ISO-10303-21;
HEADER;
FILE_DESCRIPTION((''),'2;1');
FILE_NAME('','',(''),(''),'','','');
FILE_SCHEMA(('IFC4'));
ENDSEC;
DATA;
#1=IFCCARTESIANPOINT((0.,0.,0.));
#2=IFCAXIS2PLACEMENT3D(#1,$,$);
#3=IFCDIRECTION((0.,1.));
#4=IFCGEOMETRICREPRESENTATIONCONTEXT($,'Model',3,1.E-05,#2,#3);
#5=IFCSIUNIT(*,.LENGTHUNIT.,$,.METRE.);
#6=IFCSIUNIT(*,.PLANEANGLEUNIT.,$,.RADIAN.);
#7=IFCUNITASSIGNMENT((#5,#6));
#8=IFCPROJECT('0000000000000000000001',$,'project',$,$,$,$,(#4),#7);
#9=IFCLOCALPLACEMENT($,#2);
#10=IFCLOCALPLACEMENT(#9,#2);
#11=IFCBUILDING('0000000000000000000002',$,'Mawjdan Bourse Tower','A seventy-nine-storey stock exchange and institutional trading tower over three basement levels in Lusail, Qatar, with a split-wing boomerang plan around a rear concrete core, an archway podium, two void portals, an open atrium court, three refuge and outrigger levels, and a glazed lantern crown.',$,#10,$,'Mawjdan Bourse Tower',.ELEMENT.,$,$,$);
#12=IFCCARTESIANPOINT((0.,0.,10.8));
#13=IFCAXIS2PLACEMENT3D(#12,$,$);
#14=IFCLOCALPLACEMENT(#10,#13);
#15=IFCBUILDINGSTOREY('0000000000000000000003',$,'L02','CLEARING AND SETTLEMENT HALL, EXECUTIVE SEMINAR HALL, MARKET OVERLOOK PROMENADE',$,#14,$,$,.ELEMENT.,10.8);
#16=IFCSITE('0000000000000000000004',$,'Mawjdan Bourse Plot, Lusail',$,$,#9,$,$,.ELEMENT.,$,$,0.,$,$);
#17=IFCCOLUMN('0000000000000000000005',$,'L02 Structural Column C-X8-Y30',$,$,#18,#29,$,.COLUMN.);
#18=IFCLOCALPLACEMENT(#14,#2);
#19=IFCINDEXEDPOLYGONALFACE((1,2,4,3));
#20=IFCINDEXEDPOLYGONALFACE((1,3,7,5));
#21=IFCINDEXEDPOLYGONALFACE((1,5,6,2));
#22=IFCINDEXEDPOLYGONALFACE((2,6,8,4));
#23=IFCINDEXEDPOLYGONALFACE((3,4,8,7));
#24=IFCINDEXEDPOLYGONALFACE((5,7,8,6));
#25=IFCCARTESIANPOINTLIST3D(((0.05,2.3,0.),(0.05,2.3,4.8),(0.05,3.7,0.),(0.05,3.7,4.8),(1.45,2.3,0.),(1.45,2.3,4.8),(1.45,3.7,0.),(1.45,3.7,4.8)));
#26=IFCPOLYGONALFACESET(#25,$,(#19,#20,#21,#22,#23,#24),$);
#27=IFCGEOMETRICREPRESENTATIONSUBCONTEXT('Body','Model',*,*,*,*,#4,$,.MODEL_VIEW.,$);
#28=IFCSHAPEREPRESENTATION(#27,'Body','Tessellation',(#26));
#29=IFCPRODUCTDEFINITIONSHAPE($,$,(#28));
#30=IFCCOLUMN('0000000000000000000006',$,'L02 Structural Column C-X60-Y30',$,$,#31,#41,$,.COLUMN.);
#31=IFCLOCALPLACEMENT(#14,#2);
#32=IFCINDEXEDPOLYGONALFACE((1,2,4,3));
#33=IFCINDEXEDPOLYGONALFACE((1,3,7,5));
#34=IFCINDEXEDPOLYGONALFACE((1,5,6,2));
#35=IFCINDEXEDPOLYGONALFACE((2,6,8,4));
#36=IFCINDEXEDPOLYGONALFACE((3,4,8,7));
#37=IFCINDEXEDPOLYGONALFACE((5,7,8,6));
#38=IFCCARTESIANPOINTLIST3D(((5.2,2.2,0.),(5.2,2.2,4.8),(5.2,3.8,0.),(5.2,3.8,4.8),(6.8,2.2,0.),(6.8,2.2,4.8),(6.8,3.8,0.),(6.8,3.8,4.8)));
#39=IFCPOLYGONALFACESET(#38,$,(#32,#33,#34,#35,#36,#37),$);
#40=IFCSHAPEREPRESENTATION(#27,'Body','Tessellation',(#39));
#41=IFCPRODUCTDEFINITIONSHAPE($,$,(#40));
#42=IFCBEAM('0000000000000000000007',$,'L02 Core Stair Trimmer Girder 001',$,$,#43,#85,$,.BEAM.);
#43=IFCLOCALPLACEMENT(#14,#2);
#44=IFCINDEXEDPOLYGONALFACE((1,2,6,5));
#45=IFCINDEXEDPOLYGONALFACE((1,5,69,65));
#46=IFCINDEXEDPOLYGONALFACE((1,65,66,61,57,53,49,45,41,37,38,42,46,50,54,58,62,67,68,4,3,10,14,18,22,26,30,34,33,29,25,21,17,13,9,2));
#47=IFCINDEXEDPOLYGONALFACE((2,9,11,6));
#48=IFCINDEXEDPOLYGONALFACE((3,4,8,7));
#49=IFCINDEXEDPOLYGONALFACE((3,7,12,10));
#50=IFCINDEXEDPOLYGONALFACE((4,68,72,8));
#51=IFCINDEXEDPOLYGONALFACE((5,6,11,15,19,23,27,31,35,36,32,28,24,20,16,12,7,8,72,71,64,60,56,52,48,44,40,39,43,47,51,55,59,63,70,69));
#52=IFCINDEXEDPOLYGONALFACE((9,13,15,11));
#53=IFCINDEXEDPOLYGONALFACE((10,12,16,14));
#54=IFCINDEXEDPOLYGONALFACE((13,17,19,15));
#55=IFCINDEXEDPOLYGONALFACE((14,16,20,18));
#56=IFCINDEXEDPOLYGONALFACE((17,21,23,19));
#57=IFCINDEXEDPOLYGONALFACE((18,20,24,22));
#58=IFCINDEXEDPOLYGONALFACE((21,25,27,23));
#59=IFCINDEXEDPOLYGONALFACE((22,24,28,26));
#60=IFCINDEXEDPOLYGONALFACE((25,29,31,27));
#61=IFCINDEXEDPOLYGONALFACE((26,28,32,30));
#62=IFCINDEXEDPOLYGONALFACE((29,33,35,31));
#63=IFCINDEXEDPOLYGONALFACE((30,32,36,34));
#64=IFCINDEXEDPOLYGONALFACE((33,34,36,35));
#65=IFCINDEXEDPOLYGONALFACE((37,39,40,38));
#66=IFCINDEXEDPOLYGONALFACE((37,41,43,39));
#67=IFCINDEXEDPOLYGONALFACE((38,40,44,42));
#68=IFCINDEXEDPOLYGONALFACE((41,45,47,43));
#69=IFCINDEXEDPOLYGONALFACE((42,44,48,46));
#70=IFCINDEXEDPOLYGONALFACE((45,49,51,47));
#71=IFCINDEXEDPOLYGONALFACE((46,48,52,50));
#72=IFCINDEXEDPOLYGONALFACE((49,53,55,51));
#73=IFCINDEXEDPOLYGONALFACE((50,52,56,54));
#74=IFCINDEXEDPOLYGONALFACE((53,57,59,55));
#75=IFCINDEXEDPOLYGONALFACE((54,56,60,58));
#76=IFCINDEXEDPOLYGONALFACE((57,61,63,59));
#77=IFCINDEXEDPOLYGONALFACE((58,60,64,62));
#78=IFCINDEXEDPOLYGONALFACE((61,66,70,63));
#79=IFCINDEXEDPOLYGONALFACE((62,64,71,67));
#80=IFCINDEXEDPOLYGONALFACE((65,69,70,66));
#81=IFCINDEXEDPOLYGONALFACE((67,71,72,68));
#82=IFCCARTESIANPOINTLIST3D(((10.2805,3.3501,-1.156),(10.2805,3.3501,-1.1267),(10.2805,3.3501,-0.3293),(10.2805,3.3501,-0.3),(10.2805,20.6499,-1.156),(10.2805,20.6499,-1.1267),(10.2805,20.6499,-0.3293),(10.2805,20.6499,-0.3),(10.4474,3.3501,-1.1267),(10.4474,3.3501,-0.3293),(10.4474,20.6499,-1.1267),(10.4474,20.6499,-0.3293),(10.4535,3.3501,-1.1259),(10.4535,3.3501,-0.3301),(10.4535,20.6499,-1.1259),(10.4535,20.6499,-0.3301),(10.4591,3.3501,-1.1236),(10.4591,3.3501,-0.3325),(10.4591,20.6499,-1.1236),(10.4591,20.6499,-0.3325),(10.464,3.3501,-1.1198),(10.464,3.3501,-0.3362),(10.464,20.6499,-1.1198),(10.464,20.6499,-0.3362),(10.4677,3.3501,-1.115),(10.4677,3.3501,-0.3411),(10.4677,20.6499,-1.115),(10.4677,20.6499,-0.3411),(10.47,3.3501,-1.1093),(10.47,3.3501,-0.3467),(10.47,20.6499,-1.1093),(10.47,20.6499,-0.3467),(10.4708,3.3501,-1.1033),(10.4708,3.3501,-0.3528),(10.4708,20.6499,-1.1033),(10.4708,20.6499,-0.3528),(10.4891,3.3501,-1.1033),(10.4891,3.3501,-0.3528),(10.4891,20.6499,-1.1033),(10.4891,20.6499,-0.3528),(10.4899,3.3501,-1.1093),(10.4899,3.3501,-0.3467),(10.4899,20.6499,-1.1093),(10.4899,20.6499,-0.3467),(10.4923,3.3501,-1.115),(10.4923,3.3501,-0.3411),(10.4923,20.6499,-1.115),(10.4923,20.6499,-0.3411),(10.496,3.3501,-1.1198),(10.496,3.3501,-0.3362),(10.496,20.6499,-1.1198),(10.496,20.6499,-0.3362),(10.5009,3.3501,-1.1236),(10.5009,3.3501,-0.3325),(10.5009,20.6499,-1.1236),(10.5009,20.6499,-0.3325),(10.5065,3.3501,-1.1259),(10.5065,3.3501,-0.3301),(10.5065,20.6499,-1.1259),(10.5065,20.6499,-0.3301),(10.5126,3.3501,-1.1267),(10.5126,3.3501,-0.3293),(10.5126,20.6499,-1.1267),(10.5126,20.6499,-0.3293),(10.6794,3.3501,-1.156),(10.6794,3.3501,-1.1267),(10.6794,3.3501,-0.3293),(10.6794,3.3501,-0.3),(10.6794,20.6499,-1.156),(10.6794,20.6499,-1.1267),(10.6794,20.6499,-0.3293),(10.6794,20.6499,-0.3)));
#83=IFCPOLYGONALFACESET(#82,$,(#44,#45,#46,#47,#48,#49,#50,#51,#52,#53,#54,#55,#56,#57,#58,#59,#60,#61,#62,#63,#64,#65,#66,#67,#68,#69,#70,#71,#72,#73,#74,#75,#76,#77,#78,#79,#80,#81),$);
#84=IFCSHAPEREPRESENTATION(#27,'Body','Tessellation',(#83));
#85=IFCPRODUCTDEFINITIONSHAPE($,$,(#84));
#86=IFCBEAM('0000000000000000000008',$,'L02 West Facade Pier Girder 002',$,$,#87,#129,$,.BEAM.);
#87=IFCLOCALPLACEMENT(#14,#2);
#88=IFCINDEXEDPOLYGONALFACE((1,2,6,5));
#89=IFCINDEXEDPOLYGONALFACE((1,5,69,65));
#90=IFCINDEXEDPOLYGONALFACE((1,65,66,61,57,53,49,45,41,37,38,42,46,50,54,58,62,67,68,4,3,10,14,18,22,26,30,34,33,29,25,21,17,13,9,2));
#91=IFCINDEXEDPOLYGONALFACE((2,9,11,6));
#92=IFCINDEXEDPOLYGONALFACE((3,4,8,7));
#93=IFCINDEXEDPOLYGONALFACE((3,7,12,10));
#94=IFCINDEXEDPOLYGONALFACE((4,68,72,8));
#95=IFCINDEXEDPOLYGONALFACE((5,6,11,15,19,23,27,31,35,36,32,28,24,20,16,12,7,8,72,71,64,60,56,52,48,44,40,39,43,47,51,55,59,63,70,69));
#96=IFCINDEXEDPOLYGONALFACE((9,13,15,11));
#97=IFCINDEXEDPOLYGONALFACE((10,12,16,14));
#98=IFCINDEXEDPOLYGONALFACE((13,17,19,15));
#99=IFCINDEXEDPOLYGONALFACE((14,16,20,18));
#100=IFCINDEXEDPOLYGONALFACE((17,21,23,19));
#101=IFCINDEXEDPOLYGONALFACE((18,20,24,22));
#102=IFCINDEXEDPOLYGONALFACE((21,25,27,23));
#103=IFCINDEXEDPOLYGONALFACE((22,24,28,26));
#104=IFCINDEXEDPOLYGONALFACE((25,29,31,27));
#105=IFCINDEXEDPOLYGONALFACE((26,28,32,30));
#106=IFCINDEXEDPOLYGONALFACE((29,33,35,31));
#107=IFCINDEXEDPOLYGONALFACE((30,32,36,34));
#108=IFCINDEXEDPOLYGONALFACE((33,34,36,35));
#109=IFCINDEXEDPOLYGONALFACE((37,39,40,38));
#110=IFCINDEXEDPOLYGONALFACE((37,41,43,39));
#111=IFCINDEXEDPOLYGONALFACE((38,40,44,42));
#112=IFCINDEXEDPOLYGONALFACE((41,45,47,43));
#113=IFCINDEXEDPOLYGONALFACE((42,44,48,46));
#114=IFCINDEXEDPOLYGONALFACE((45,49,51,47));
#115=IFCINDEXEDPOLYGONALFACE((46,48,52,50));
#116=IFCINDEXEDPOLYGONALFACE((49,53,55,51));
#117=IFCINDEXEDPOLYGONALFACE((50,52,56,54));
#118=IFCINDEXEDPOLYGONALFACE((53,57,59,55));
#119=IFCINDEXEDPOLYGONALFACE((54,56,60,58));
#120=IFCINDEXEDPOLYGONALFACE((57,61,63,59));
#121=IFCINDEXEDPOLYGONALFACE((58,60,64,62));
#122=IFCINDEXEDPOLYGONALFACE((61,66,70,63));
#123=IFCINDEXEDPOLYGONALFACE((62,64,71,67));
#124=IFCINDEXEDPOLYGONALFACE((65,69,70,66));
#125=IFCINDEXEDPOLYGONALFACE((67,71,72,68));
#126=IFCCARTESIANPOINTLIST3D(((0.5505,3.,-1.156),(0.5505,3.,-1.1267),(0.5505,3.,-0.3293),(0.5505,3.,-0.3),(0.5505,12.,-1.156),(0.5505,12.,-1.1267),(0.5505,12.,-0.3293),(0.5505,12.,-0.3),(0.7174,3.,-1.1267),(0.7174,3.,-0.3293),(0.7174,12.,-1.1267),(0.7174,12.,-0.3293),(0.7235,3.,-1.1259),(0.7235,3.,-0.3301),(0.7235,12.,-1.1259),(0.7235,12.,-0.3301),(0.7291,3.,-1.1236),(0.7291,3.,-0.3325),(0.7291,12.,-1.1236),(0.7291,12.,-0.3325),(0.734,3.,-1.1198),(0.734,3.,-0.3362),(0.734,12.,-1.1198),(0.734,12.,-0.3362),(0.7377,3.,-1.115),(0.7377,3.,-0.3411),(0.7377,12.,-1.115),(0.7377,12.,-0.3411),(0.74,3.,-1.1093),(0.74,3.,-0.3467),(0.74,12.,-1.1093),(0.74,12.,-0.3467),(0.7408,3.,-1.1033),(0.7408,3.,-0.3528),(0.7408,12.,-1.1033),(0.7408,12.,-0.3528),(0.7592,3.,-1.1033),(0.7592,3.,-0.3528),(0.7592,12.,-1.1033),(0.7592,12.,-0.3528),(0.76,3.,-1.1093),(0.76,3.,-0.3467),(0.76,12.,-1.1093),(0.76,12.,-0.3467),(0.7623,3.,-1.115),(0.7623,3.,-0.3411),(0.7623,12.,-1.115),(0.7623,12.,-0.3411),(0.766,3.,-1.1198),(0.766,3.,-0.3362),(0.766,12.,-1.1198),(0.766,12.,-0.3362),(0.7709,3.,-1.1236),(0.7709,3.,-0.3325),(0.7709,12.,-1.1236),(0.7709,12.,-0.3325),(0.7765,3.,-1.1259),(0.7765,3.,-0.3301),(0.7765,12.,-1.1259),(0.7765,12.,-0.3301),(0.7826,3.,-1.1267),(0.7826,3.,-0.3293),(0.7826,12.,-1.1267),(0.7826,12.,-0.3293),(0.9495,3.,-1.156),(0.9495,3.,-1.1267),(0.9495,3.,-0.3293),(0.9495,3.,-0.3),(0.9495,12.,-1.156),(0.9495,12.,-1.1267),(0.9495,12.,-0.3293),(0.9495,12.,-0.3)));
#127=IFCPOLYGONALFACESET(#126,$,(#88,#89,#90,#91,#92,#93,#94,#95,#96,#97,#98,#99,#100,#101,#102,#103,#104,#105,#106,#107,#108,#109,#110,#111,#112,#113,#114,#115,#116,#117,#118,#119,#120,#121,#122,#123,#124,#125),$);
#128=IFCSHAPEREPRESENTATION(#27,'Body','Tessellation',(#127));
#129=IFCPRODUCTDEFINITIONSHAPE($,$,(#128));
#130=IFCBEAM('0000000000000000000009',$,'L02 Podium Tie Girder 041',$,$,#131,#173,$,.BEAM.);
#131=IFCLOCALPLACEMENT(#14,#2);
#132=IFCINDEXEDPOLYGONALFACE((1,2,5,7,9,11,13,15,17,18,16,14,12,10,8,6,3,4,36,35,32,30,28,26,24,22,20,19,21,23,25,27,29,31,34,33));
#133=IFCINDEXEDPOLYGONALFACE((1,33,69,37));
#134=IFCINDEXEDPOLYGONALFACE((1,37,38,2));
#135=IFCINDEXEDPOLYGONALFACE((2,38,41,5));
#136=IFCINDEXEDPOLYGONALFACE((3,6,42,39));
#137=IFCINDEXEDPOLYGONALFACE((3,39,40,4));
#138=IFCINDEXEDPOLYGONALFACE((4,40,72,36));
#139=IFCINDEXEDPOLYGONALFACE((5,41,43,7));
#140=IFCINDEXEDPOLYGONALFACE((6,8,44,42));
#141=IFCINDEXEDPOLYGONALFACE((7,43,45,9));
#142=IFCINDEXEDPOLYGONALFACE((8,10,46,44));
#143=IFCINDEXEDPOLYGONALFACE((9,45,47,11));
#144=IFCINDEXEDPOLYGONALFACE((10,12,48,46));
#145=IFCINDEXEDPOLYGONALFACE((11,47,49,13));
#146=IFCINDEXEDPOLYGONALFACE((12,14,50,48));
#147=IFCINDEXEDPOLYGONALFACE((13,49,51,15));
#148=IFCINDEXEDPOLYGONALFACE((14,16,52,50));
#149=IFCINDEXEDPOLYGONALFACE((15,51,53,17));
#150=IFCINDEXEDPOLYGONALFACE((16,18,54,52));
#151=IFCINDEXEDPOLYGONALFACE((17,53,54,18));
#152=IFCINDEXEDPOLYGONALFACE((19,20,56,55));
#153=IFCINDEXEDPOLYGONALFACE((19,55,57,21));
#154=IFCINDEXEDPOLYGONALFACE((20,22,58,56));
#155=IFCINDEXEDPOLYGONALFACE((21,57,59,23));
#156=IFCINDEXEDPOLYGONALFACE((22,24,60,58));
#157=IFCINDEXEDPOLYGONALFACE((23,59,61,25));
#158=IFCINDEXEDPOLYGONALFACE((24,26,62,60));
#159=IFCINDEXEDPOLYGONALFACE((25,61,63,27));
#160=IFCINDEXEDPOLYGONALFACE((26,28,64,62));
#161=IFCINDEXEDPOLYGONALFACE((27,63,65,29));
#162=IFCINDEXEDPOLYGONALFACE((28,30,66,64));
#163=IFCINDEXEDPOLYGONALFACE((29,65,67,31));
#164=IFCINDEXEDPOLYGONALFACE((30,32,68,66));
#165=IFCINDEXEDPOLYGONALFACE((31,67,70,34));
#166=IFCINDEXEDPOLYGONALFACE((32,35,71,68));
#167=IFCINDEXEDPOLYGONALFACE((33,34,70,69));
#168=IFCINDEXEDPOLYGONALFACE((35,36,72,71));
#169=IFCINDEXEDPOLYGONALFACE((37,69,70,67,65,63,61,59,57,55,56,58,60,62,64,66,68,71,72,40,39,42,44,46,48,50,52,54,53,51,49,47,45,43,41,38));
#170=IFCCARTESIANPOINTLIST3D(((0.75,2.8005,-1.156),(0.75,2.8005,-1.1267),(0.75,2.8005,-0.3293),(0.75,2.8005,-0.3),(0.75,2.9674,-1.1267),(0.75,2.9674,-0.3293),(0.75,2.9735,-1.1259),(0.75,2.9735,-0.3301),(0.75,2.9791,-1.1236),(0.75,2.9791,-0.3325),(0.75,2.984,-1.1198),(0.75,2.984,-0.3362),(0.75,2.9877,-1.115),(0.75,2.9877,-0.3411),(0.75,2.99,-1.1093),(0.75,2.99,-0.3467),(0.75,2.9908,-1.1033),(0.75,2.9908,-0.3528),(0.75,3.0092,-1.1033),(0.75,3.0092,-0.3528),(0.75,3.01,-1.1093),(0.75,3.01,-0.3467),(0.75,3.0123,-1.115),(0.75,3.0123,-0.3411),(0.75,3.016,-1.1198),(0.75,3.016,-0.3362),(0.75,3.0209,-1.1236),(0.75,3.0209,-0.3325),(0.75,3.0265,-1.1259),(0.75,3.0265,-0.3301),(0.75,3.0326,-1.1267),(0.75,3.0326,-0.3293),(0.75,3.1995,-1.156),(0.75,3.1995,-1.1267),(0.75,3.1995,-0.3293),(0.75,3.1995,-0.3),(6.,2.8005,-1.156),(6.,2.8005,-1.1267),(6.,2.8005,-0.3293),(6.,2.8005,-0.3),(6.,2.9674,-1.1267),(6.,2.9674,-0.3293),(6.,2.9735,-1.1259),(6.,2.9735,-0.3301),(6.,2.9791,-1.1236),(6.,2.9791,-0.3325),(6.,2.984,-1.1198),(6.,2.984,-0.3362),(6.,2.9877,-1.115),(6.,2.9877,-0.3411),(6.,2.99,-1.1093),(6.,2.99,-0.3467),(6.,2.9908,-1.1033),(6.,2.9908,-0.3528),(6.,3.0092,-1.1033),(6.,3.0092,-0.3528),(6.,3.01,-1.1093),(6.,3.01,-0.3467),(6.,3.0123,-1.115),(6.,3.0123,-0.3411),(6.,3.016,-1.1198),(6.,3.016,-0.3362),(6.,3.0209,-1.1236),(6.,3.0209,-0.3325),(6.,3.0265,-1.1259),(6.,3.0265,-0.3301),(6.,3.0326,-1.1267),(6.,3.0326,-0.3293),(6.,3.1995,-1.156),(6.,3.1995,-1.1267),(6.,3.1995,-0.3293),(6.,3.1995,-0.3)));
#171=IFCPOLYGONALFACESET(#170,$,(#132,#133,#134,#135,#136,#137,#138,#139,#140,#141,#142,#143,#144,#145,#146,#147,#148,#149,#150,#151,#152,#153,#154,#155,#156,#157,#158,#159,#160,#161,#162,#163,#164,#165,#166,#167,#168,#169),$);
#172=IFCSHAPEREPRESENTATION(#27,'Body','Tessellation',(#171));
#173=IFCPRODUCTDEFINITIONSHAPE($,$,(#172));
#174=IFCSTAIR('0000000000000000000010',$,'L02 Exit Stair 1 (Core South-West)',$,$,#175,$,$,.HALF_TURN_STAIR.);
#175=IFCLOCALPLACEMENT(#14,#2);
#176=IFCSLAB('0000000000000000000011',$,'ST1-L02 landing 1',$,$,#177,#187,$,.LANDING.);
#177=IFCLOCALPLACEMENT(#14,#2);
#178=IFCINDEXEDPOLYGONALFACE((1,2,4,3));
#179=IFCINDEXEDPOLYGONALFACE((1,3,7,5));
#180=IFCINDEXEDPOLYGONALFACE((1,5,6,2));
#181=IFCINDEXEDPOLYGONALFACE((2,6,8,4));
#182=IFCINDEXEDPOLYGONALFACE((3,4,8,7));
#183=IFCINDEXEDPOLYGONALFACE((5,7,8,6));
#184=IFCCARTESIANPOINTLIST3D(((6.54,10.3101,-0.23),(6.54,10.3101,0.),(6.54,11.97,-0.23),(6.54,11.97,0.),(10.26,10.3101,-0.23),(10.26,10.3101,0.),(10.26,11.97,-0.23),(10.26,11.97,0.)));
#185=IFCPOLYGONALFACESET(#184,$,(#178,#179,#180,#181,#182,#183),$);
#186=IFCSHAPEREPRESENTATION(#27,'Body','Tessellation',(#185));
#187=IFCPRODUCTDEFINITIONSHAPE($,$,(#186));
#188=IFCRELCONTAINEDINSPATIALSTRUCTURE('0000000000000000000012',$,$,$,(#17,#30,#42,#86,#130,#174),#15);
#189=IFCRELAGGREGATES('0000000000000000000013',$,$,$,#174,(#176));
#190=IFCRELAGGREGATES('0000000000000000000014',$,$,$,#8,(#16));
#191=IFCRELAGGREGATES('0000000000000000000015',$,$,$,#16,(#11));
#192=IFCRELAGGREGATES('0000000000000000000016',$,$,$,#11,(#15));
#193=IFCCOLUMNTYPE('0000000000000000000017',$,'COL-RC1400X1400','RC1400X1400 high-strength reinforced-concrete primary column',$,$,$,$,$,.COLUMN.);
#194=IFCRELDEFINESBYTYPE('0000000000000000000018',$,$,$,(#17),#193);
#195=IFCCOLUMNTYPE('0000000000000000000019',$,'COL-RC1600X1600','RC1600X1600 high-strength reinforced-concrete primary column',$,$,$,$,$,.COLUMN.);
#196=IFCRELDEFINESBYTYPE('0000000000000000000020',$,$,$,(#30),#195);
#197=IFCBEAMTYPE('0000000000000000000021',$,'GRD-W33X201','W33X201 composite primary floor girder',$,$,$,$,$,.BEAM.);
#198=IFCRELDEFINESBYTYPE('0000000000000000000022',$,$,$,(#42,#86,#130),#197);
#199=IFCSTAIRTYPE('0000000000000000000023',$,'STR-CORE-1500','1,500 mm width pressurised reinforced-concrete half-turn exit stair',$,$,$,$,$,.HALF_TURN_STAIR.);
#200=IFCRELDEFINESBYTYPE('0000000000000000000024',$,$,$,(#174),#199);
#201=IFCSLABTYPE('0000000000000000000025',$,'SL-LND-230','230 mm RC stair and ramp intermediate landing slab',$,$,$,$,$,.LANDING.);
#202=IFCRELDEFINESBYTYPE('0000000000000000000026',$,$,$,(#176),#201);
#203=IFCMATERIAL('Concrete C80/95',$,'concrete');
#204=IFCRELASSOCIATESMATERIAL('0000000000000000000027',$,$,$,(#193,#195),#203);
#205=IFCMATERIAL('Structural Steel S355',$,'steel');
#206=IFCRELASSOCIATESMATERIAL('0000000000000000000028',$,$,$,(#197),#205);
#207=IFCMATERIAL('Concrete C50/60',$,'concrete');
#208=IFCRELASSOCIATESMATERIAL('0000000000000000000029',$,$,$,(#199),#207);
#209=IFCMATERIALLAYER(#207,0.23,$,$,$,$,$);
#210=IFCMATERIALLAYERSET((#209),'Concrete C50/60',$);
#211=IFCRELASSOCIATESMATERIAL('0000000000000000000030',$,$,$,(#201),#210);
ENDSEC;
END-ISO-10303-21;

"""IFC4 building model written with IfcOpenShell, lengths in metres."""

from ifc_helpers import new_model, si_unit, direction, frame, origin, origin_2d, place, context, subcontext, project, spatial, polyline, rectangle, i_section, outline, extrude, material, layer, layer_set, material_profile, profile_set, type_object, element, aggregate, save


model = new_model("IFC4")

# Units and contexts
model_context = context("Model", 3, precision=1e-05, world=origin(), true_north=direction((0.0, 1.0)))
body_context = subcontext(model_context, "Body", "Model", "MODEL_VIEW")
ifc_project = project(units=[si_unit("LENGTHUNIT", "METRE"), si_unit("PLANEANGLEUNIT", "RADIAN")], contexts=[model_context])

# Site, building, storey
site_placement = place(None, origin())
site = spatial("IfcSite", under=ifc_project, at=site_placement, Name="Mawjdan Bourse Plot, Lusail", CompositionType="ELEMENT", RefElevation=0.0)
building_placement = place(site_placement, origin())
building = spatial("IfcBuilding", under=site, at=building_placement, Name="Mawjdan Bourse Tower", Description="A seventy-nine-storey stock exchange and institutional trading tower over three basement levels in Lusail, Qatar, with a split-wing boomerang plan around a rear concrete core, an archway podium, two void portals, an open atrium court, three refuge and outrigger levels, and a glazed lantern crown.", LongName="Mawjdan Bourse Tower", CompositionType="ELEMENT")
storey_placement = place(building_placement, frame((0.0, 0.0, 10.8)))
storey = spatial("IfcBuildingStorey", under=building, at=storey_placement, Name="L02", Description="CLEARING AND SETTLEMENT HALL, EXECUTIVE SEMINAR HALL, MARKET OVERLOOK PROMENADE", CompositionType="ELEMENT", Elevation=10.8)

# Columns
ifc_material_1 = material(Name="Concrete C80/95", Category="concrete")
ifc_material_profile_1 = material_profile(ifc_material_1, rectangle(XDim=1.3999, YDim=1.3999, at=origin_2d()), Name="RC1400X1400")
ifc_profile_set_1 = profile_set([ifc_material_profile_1], Name="Concrete C80/95")
column_type_1 = type_object("IfcColumnType", Name="COL-RC1400X1400", Description="RC1400X1400 high-strength reinforced-concrete primary column", PredefinedType="COLUMN", material=ifc_profile_set_1)
column_1_placement = place(storey_placement, frame((0.75, 3.0, 0.0), z_axis=(0.0, 0.0, 1.0), x_axis=(1.0, 0.0, 0.0)))
element("IfcColumn", 1, at=column_1_placement, inside=storey, type_object=column_type_1, Name="L02 Structural Column C-X8-Y30", PredefinedType="COLUMN", context=body_context, shape_type="SweptSolid", body=[
    extrude(rectangle(XDim=1.3999, YDim=1.3999, at=origin_2d()), origin(), (0.0, 0.0, 1.0), 4.8),
])
ifc_material_profile_2 = material_profile(ifc_material_1, rectangle(XDim=1.6001, YDim=1.6001, at=origin_2d()), Name="RC1600X1600")
ifc_profile_set_2 = profile_set([ifc_material_profile_2], Name="Concrete C80/95")
column_type_2 = type_object("IfcColumnType", Name="COL-RC1600X1600", Description="RC1600X1600 high-strength reinforced-concrete primary column", PredefinedType="COLUMN", material=ifc_profile_set_2)
column_2_placement = place(storey_placement, frame((6.0, 3.0, 0.0), z_axis=(0.0, 0.0, 1.0), x_axis=(1.0, 0.0, 0.0)))
element("IfcColumn", 2, at=column_2_placement, inside=storey, type_object=column_type_2, Name="L02 Structural Column C-X60-Y30", PredefinedType="COLUMN", context=body_context, shape_type="SweptSolid", body=[
    extrude(rectangle(XDim=1.6001, YDim=1.6001, at=origin_2d()), origin(), (0.0, 0.0, 1.0), 4.8),
])

# Beams
ifc_material_2 = material(Name="Structural Steel S355", Category="steel")
ifc_material_profile_3 = material_profile(ifc_material_2, i_section(OverallWidth=0.3989, OverallDepth=0.856, WebThickness=0.0183, FlangeThickness=0.0293, FilletRadius=0.0234, at=origin_2d()), Name="W33X201")
ifc_profile_set_3 = profile_set([ifc_material_profile_3], Name="Structural Steel S355")
beam_type = type_object("IfcBeamType", Name="GRD-W33X201", Description="W33X201 composite primary floor girder", PredefinedType="BEAM", material=ifc_profile_set_3)
beam_1_placement = place(storey_placement, frame((10.48, 3.3501, -0.728), z_axis=(0.0, 1.0, 0.0), x_axis=(-1.0, 0.0, 0.0)))
element("IfcBeam", 3, at=beam_1_placement, inside=storey, type_object=beam_type, Name="L02 Core Stair Trimmer Girder 001", PredefinedType="BEAM", context=body_context, shape_type="SweptSolid", body=[
    extrude(i_section(OverallWidth=0.3989, OverallDepth=0.856, WebThickness=0.0183, FlangeThickness=0.0293, FilletRadius=0.0234, at=origin_2d()), origin(), (0.0, 0.0, 1.0), 17.2998),
])
beam_2_placement = place(storey_placement, frame((0.75, 3.0, -0.728), z_axis=(0.0, 1.0, 0.0), x_axis=(-1.0, 0.0, 0.0)))
element("IfcBeam", 4, at=beam_2_placement, inside=storey, type_object=beam_type, Name="L02 West Facade Pier Girder 002", PredefinedType="BEAM", context=body_context, shape_type="SweptSolid", body=[
    extrude(i_section(OverallWidth=0.3989, OverallDepth=0.856, WebThickness=0.0183, FlangeThickness=0.0293, FilletRadius=0.0234, at=origin_2d()), origin(), (0.0, 0.0, 1.0), 9.0),
])
beam_3_placement = place(storey_placement, frame((0.75, 3.0, -0.728), z_axis=(1.0, 0.0, 0.0), x_axis=(0.0, 1.0, 0.0)))
element("IfcBeam", 5, at=beam_3_placement, inside=storey, type_object=beam_type, Name="L02 Podium Tie Girder 041", PredefinedType="BEAM", context=body_context, shape_type="SweptSolid", body=[
    extrude(i_section(OverallWidth=0.3989, OverallDepth=0.856, WebThickness=0.0183, FlangeThickness=0.0293, FilletRadius=0.0234, at=origin_2d()), origin(), (0.0, 0.0, 1.0), 5.25),
])

# Stair, slab
ifc_material_3 = material(Name="Concrete C50/60", Category="concrete")
stair_type = type_object("IfcStairType", Name="STR-CORE-1500", Description="1,500 mm width pressurised reinforced-concrete half-turn exit stair", PredefinedType="HALF_TURN_STAIR", material=ifc_material_3)
stair_1_placement = place(storey_placement, origin())
stair_1 = element("IfcStair", 6, at=stair_1_placement, inside=storey, type_object=stair_type, Name="L02 Exit Stair 1 (Core South-West)", PredefinedType="HALF_TURN_STAIR")
ifc_layer_1 = layer(ifc_material_3, 0.23)
ifc_layer_set_1 = layer_set([ifc_layer_1], Name="Concrete C50/60")
slab_type_1 = type_object("IfcSlabType", Name="SL-LND-230", Description="230 mm RC stair and ramp intermediate landing slab", PredefinedType="LANDING", material=ifc_layer_set_1)
slab_1_placement = place(storey_placement, frame((0.0, 0.0, -0.23)))
slab_1 = element("IfcSlab", 7, at=slab_1_placement, type_object=slab_type_1, Name="ST1-L02 landing 1", PredefinedType="LANDING", context=body_context, shape_type="SweptSolid", body=[
    extrude(outline(polyline([(6.54, 10.3101), (10.26, 10.3101), (10.26, 11.97), (6.54, 11.97), (6.54, 10.3101)])), origin(), (0.0, 0.0, 1.0), 0.23),
])
aggregate(stair_1, [slab_1])

save(model, "model.ifc")
